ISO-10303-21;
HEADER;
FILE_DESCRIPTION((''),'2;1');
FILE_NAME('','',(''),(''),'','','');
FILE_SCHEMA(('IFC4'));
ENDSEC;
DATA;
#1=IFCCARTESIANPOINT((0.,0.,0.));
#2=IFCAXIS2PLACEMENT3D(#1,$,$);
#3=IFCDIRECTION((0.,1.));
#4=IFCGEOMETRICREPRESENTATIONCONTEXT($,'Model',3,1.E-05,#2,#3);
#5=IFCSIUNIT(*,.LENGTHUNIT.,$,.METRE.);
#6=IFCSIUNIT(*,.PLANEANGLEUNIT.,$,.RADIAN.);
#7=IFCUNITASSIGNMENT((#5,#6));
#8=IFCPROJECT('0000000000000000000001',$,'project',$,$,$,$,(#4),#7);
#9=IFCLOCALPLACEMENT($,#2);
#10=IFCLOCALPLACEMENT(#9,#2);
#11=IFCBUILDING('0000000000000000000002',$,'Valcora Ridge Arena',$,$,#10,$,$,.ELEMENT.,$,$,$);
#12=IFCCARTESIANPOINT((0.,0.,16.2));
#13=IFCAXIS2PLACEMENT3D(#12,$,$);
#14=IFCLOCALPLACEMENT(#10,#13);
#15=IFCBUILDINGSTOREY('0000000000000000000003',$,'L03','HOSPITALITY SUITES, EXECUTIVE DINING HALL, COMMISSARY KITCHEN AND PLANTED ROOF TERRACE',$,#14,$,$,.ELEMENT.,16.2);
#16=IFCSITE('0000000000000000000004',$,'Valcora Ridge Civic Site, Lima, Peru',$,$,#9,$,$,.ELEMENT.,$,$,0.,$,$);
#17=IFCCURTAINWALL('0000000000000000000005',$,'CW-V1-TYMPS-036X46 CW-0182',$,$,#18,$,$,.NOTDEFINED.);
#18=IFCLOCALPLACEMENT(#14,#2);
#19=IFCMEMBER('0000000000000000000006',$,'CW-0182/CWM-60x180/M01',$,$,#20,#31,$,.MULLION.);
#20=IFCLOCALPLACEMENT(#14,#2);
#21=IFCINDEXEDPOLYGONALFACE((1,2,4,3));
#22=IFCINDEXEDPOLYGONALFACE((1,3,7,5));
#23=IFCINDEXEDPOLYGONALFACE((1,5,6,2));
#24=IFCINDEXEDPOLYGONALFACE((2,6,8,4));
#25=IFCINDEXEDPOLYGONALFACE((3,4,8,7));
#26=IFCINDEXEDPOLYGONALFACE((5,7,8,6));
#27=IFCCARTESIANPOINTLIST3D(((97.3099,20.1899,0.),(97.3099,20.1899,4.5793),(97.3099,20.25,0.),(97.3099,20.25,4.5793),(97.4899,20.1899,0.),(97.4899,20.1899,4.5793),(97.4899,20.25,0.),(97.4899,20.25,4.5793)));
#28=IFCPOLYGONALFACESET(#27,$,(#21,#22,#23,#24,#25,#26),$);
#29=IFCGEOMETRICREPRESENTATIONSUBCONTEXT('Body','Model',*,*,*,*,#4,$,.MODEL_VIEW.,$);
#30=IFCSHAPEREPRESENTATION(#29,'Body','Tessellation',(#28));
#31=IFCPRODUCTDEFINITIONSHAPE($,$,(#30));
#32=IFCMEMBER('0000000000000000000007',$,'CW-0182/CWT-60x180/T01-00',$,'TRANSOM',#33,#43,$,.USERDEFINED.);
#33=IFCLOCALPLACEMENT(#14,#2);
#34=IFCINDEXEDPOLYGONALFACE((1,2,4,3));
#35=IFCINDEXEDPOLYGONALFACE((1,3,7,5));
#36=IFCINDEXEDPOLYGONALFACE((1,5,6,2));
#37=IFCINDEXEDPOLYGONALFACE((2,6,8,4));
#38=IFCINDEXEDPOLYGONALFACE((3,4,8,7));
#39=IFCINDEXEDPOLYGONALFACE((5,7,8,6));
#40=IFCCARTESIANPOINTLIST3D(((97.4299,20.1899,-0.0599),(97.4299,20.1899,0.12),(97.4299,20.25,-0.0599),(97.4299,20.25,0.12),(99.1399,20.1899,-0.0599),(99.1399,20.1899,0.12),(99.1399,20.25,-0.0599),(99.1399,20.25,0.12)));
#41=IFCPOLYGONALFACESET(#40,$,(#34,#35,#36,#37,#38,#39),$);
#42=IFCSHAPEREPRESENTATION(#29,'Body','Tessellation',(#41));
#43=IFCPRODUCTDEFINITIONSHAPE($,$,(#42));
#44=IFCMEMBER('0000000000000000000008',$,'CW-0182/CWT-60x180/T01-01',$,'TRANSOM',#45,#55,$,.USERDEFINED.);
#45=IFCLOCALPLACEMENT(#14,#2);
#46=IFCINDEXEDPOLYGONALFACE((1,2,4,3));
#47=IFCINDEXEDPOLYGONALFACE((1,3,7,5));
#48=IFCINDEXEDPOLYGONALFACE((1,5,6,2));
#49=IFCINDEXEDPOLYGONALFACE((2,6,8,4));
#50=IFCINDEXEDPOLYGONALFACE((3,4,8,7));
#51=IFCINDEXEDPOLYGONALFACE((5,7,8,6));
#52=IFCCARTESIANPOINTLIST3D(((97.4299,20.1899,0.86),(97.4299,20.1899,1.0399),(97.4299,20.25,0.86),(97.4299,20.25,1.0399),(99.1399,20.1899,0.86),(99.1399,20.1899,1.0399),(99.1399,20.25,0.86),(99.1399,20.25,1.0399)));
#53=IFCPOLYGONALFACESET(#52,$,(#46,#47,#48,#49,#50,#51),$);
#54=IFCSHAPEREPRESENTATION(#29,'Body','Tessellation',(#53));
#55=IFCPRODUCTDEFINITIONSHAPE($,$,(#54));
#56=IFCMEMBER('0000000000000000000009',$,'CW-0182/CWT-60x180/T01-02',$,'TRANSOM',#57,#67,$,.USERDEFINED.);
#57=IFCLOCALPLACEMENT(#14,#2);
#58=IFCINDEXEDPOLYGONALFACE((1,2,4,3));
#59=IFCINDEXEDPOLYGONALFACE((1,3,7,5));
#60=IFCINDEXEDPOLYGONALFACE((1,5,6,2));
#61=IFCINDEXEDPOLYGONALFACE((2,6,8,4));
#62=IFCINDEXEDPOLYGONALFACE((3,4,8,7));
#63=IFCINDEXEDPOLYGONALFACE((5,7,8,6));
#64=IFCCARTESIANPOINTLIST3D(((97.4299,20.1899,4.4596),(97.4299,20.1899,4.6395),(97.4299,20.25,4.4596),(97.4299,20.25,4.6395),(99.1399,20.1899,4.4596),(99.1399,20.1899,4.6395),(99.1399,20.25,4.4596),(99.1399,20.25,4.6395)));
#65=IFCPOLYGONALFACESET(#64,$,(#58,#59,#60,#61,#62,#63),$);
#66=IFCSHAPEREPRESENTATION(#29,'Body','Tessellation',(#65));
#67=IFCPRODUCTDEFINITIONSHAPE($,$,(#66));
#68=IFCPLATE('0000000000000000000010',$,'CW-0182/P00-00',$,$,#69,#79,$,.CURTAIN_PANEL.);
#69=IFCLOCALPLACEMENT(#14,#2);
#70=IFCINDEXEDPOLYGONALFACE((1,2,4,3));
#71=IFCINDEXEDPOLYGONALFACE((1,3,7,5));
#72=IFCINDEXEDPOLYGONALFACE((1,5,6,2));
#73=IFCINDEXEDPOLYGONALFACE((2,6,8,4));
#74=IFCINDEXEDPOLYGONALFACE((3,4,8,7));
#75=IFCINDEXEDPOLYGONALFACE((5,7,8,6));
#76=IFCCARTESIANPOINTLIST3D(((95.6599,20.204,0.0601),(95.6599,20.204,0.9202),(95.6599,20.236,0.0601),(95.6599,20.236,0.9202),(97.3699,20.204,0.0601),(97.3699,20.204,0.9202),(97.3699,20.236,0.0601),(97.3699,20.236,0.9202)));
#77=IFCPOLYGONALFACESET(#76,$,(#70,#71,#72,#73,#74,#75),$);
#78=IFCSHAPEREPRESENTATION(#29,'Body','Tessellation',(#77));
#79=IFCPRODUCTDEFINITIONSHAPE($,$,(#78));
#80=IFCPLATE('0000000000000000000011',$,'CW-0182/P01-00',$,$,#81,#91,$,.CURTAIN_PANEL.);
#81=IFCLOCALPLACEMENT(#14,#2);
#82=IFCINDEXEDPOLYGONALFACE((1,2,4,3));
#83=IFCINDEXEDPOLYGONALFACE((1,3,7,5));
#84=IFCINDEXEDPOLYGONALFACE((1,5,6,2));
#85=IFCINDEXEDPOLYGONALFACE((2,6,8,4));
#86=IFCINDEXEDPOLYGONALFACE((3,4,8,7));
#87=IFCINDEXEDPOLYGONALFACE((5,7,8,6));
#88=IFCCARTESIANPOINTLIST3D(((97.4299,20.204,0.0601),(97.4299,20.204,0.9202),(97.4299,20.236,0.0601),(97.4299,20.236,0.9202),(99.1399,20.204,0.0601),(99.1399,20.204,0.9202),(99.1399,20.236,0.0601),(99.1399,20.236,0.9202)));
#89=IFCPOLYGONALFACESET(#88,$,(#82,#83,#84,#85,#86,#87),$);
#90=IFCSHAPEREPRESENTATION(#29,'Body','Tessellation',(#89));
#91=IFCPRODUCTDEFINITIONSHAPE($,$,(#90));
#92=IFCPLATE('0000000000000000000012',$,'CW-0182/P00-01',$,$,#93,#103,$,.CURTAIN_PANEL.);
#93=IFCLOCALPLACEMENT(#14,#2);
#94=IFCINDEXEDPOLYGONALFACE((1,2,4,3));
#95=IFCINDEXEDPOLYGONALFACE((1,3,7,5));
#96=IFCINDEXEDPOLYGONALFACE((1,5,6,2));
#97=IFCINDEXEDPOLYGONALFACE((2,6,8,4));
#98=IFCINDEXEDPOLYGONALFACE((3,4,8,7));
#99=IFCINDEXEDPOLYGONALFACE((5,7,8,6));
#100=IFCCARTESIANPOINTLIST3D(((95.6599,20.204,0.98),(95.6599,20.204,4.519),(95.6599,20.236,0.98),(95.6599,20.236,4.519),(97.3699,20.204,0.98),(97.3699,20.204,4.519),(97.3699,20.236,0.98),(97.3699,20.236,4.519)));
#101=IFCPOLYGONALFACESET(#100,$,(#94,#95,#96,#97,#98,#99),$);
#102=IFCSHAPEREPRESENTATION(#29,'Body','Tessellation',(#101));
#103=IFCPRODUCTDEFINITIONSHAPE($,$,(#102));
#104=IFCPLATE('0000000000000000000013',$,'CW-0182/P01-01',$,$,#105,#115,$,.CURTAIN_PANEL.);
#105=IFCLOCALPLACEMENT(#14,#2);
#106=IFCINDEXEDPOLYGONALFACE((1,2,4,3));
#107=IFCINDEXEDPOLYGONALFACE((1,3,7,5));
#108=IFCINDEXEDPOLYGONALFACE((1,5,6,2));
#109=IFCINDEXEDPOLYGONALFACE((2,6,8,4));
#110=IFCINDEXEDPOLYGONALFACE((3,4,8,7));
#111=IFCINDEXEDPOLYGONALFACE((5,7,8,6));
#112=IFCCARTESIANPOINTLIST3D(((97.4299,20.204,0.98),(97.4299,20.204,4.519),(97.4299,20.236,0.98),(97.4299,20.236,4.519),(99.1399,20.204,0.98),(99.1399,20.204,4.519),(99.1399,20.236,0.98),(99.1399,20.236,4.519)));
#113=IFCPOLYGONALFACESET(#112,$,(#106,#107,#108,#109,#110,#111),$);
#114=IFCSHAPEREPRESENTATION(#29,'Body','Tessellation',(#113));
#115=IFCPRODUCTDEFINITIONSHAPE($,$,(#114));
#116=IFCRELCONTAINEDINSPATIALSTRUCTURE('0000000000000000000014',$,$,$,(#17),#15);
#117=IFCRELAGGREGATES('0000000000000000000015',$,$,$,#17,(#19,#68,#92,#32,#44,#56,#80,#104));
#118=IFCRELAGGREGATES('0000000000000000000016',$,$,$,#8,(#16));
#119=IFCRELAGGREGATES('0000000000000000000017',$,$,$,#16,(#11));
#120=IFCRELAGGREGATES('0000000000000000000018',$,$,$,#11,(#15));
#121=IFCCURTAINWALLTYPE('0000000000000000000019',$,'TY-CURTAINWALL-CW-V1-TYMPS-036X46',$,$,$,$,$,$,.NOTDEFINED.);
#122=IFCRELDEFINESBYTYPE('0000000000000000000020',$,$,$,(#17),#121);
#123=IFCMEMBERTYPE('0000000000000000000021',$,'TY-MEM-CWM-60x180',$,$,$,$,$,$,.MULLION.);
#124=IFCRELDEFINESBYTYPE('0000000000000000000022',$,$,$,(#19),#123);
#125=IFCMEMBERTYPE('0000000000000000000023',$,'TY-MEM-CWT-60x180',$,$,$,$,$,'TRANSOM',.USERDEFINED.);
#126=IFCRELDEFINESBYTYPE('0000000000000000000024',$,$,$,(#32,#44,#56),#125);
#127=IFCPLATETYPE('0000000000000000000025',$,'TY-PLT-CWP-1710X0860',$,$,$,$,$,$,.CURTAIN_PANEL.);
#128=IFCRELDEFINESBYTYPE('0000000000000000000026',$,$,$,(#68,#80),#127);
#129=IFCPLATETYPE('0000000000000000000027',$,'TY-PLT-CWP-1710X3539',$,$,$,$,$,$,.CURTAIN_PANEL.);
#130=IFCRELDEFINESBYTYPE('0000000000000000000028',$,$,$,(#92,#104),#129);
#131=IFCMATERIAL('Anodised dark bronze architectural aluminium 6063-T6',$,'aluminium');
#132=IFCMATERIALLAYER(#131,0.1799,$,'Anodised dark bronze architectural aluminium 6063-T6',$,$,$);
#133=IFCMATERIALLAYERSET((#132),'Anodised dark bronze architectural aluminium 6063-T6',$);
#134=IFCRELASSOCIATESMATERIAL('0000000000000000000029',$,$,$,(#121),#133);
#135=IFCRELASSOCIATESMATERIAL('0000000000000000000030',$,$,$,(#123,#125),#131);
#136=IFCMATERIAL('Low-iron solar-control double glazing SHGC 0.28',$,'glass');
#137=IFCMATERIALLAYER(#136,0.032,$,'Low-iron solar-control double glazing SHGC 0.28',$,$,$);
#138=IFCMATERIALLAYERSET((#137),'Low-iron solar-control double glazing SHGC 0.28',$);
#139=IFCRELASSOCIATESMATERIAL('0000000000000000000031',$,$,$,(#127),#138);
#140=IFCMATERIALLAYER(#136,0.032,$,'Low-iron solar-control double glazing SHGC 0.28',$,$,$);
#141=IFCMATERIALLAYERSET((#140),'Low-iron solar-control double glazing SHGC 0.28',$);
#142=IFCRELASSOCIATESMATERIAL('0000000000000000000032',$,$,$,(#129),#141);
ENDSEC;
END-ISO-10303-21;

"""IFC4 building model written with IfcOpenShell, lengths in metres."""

from ifc_helpers import new_model, si_unit, direction, frame, origin, origin_2d, place, context, subcontext, project, spatial, rectangle, extrude, material, layer, layer_set, material_profile, profile_set, type_object, element, aggregate, save


model = new_model("IFC4")

# Units and contexts
model_context = context("Model", 3, precision=1e-05, world=origin(), true_north=direction((0.0, 1.0)))
body_context = subcontext(model_context, "Body", "Model", "MODEL_VIEW")
ifc_project = project(units=[si_unit("LENGTHUNIT", "METRE"), si_unit("PLANEANGLEUNIT", "RADIAN")], contexts=[model_context])

# Site, building, storey
site_placement = place(None, origin())
site = spatial("IfcSite", under=ifc_project, at=site_placement, Name="Valcora Ridge Civic Site, Lima, Peru", CompositionType="ELEMENT", RefElevation=0.0)
building_placement = place(site_placement, origin())
building = spatial("IfcBuilding", under=site, at=building_placement, Name="Valcora Ridge Arena", CompositionType="ELEMENT")
storey_placement = place(building_placement, frame((0.0, 0.0, 16.2)))
storey = spatial("IfcBuildingStorey", under=building, at=storey_placement, Name="L03", Description="HOSPITALITY SUITES, EXECUTIVE DINING HALL, COMMISSARY KITCHEN AND PLANTED ROOF TERRACE", CompositionType="ELEMENT", Elevation=16.2)

# Curtain wall, members, plates
ifc_material_1 = material(Name="Anodised dark bronze architectural aluminium 6063-T6", Category="aluminium")
ifc_layer_1 = layer(ifc_material_1, 0.1799, Name="Anodised dark bronze architectural aluminium 6063-T6")
ifc_layer_set_1 = layer_set([ifc_layer_1], Name="Anodised dark bronze architectural aluminium 6063-T6")
curtain_wall_type = type_object("IfcCurtainWallType", Name="TY-CURTAINWALL-CW-V1-TYMPS-036X46", PredefinedType="NOTDEFINED", material=ifc_layer_set_1)
curtain_wall_placement = place(storey_placement, origin())
curtain_wall = element("IfcCurtainWall", 1, at=curtain_wall_placement, inside=storey, type_object=curtain_wall_type, Name="CW-V1-TYMPS-036X46 CW-0182", PredefinedType="NOTDEFINED")
ifc_material_profile_1 = material_profile(ifc_material_1, rectangle(XDim=0.0601, YDim=0.1799, at=origin_2d()), Name="ALU MULLION 60x180")
ifc_profile_set_1 = profile_set([ifc_material_profile_1], Name="Anodised dark bronze architectural aluminium 6063-T6")
member_type_1 = type_object("IfcMemberType", Name="TY-MEM-CWM-60x180", PredefinedType="MULLION", material=ifc_profile_set_1)
member_1_placement = place(storey_placement, frame((97.3999, 20.22, 0.0), z_axis=(0.0, 0.0, 1.0), x_axis=(0.0, 1.0, 0.0)))
member_1 = element("IfcMember", 2, at=member_1_placement, type_object=member_type_1, Name="CW-0182/CWM-60x180/M01", PredefinedType="MULLION", context=body_context, shape_type="SweptSolid", body=[
    extrude(rectangle(XDim=0.0601, YDim=0.1799, at=origin_2d()), origin(), (0.0, 0.0, 1.0), 4.5793),
])
ifc_material_profile_2 = material_profile(ifc_material_1, rectangle(XDim=0.0601, YDim=0.1799, at=origin_2d()), Name="ALU TRANSOM 60x180")
ifc_profile_set_2 = profile_set([ifc_material_profile_2], Name="Anodised dark bronze architectural aluminium 6063-T6")
member_type_2 = type_object("IfcMemberType", Name="TY-MEM-CWT-60x180", ElementType="TRANSOM", PredefinedType="USERDEFINED", material=ifc_profile_set_2)
member_2_placement = place(storey_placement, frame((97.4299, 20.22, 0.03), z_axis=(1.0, 0.0, 0.0), x_axis=(0.0, 1.0, 0.0)))
member_2 = element("IfcMember", 3, at=member_2_placement, type_object=member_type_2, Name="CW-0182/CWT-60x180/T01-00", ObjectType="TRANSOM", PredefinedType="USERDEFINED", context=body_context, shape_type="SweptSolid", body=[
    extrude(rectangle(XDim=0.0601, YDim=0.1799, at=origin_2d()), origin(), (0.0, 0.0, 1.0), 1.71),
])
member_3_placement = place(storey_placement, frame((97.4299, 20.22, 0.95), z_axis=(1.0, 0.0, 0.0), x_axis=(0.0, 1.0, 0.0)))
member_3 = element("IfcMember", 4, at=member_3_placement, type_object=member_type_2, Name="CW-0182/CWT-60x180/T01-01", ObjectType="TRANSOM", PredefinedType="USERDEFINED", context=body_context, shape_type="SweptSolid", body=[
    extrude(rectangle(XDim=0.0601, YDim=0.1799, at=origin_2d()), origin(), (0.0, 0.0, 1.0), 1.71),
])
member_4_placement = place(storey_placement, frame((97.4299, 20.22, 4.5496), z_axis=(1.0, 0.0, 0.0), x_axis=(0.0, 1.0, 0.0)))
member_4 = element("IfcMember", 5, at=member_4_placement, type_object=member_type_2, Name="CW-0182/CWT-60x180/T01-02", ObjectType="TRANSOM", PredefinedType="USERDEFINED", context=body_context, shape_type="SweptSolid", body=[
    extrude(rectangle(XDim=0.0601, YDim=0.1799, at=origin_2d()), origin(), (0.0, 0.0, 1.0), 1.71),
])
ifc_material_2 = material(Name="Low-iron solar-control double glazing SHGC 0.28", Category="glass")
ifc_layer_2 = layer(ifc_material_2, 0.032, Name="Low-iron solar-control double glazing SHGC 0.28")
ifc_layer_set_2 = layer_set([ifc_layer_2], Name="Low-iron solar-control double glazing SHGC 0.28")
plate_type_1 = type_object("IfcPlateType", Name="TY-PLT-CWP-1710X0860", PredefinedType="CURTAIN_PANEL", material=ifc_layer_set_2)
plate_1_placement = place(storey_placement, frame((96.5149, 20.22, 0.0601), z_axis=(0.0, 0.0, 1.0), x_axis=(1.0, 0.0, 0.0)))
plate_1 = element("IfcPlate", 6, at=plate_1_placement, type_object=plate_type_1, Name="CW-0182/P00-00", PredefinedType="CURTAIN_PANEL", context=body_context, shape_type="SweptSolid", body=[
    extrude(rectangle(XDim=1.71, YDim=0.032, at=origin_2d()), origin(), (0.0, 0.0, 1.0), 0.8601),
])
plate_2_placement = place(storey_placement, frame((98.2849, 20.22, 0.0601), z_axis=(0.0, 0.0, 1.0), x_axis=(1.0, 0.0, 0.0)))
plate_2 = element("IfcPlate", 7, at=plate_2_placement, type_object=plate_type_1, Name="CW-0182/P01-00", PredefinedType="CURTAIN_PANEL", context=body_context, shape_type="SweptSolid", body=[
    extrude(rectangle(XDim=1.71, YDim=0.032, at=origin_2d()), origin(), (0.0, 0.0, 1.0), 0.8601),
])
ifc_layer_3 = layer(ifc_material_2, 0.032, Name="Low-iron solar-control double glazing SHGC 0.28")
ifc_layer_set_3 = layer_set([ifc_layer_3], Name="Low-iron solar-control double glazing SHGC 0.28")
plate_type_2 = type_object("IfcPlateType", Name="TY-PLT-CWP-1710X3539", PredefinedType="CURTAIN_PANEL", material=ifc_layer_set_3)
plate_3_placement = place(storey_placement, frame((96.5149, 20.22, 0.98), z_axis=(0.0, 0.0, 1.0), x_axis=(1.0, 0.0, 0.0)))
plate_3 = element("IfcPlate", 8, at=plate_3_placement, type_object=plate_type_2, Name="CW-0182/P00-01", PredefinedType="CURTAIN_PANEL", context=body_context, shape_type="SweptSolid", body=[
    extrude(rectangle(XDim=1.71, YDim=0.032, at=origin_2d()), origin(), (0.0, 0.0, 1.0), 3.5391),
])
plate_4_placement = place(storey_placement, frame((98.2849, 20.22, 0.98), z_axis=(0.0, 0.0, 1.0), x_axis=(1.0, 0.0, 0.0)))
plate_4 = element("IfcPlate", 9, at=plate_4_placement, type_object=plate_type_2, Name="CW-0182/P01-01", PredefinedType="CURTAIN_PANEL", context=body_context, shape_type="SweptSolid", body=[
    extrude(rectangle(XDim=1.71, YDim=0.032, at=origin_2d()), origin(), (0.0, 0.0, 1.0), 3.5391),
])
aggregate(curtain_wall, [member_1, plate_1, plate_3, member_2, member_3, member_4, plate_2, plate_4])

save(model, "model.ifc")
